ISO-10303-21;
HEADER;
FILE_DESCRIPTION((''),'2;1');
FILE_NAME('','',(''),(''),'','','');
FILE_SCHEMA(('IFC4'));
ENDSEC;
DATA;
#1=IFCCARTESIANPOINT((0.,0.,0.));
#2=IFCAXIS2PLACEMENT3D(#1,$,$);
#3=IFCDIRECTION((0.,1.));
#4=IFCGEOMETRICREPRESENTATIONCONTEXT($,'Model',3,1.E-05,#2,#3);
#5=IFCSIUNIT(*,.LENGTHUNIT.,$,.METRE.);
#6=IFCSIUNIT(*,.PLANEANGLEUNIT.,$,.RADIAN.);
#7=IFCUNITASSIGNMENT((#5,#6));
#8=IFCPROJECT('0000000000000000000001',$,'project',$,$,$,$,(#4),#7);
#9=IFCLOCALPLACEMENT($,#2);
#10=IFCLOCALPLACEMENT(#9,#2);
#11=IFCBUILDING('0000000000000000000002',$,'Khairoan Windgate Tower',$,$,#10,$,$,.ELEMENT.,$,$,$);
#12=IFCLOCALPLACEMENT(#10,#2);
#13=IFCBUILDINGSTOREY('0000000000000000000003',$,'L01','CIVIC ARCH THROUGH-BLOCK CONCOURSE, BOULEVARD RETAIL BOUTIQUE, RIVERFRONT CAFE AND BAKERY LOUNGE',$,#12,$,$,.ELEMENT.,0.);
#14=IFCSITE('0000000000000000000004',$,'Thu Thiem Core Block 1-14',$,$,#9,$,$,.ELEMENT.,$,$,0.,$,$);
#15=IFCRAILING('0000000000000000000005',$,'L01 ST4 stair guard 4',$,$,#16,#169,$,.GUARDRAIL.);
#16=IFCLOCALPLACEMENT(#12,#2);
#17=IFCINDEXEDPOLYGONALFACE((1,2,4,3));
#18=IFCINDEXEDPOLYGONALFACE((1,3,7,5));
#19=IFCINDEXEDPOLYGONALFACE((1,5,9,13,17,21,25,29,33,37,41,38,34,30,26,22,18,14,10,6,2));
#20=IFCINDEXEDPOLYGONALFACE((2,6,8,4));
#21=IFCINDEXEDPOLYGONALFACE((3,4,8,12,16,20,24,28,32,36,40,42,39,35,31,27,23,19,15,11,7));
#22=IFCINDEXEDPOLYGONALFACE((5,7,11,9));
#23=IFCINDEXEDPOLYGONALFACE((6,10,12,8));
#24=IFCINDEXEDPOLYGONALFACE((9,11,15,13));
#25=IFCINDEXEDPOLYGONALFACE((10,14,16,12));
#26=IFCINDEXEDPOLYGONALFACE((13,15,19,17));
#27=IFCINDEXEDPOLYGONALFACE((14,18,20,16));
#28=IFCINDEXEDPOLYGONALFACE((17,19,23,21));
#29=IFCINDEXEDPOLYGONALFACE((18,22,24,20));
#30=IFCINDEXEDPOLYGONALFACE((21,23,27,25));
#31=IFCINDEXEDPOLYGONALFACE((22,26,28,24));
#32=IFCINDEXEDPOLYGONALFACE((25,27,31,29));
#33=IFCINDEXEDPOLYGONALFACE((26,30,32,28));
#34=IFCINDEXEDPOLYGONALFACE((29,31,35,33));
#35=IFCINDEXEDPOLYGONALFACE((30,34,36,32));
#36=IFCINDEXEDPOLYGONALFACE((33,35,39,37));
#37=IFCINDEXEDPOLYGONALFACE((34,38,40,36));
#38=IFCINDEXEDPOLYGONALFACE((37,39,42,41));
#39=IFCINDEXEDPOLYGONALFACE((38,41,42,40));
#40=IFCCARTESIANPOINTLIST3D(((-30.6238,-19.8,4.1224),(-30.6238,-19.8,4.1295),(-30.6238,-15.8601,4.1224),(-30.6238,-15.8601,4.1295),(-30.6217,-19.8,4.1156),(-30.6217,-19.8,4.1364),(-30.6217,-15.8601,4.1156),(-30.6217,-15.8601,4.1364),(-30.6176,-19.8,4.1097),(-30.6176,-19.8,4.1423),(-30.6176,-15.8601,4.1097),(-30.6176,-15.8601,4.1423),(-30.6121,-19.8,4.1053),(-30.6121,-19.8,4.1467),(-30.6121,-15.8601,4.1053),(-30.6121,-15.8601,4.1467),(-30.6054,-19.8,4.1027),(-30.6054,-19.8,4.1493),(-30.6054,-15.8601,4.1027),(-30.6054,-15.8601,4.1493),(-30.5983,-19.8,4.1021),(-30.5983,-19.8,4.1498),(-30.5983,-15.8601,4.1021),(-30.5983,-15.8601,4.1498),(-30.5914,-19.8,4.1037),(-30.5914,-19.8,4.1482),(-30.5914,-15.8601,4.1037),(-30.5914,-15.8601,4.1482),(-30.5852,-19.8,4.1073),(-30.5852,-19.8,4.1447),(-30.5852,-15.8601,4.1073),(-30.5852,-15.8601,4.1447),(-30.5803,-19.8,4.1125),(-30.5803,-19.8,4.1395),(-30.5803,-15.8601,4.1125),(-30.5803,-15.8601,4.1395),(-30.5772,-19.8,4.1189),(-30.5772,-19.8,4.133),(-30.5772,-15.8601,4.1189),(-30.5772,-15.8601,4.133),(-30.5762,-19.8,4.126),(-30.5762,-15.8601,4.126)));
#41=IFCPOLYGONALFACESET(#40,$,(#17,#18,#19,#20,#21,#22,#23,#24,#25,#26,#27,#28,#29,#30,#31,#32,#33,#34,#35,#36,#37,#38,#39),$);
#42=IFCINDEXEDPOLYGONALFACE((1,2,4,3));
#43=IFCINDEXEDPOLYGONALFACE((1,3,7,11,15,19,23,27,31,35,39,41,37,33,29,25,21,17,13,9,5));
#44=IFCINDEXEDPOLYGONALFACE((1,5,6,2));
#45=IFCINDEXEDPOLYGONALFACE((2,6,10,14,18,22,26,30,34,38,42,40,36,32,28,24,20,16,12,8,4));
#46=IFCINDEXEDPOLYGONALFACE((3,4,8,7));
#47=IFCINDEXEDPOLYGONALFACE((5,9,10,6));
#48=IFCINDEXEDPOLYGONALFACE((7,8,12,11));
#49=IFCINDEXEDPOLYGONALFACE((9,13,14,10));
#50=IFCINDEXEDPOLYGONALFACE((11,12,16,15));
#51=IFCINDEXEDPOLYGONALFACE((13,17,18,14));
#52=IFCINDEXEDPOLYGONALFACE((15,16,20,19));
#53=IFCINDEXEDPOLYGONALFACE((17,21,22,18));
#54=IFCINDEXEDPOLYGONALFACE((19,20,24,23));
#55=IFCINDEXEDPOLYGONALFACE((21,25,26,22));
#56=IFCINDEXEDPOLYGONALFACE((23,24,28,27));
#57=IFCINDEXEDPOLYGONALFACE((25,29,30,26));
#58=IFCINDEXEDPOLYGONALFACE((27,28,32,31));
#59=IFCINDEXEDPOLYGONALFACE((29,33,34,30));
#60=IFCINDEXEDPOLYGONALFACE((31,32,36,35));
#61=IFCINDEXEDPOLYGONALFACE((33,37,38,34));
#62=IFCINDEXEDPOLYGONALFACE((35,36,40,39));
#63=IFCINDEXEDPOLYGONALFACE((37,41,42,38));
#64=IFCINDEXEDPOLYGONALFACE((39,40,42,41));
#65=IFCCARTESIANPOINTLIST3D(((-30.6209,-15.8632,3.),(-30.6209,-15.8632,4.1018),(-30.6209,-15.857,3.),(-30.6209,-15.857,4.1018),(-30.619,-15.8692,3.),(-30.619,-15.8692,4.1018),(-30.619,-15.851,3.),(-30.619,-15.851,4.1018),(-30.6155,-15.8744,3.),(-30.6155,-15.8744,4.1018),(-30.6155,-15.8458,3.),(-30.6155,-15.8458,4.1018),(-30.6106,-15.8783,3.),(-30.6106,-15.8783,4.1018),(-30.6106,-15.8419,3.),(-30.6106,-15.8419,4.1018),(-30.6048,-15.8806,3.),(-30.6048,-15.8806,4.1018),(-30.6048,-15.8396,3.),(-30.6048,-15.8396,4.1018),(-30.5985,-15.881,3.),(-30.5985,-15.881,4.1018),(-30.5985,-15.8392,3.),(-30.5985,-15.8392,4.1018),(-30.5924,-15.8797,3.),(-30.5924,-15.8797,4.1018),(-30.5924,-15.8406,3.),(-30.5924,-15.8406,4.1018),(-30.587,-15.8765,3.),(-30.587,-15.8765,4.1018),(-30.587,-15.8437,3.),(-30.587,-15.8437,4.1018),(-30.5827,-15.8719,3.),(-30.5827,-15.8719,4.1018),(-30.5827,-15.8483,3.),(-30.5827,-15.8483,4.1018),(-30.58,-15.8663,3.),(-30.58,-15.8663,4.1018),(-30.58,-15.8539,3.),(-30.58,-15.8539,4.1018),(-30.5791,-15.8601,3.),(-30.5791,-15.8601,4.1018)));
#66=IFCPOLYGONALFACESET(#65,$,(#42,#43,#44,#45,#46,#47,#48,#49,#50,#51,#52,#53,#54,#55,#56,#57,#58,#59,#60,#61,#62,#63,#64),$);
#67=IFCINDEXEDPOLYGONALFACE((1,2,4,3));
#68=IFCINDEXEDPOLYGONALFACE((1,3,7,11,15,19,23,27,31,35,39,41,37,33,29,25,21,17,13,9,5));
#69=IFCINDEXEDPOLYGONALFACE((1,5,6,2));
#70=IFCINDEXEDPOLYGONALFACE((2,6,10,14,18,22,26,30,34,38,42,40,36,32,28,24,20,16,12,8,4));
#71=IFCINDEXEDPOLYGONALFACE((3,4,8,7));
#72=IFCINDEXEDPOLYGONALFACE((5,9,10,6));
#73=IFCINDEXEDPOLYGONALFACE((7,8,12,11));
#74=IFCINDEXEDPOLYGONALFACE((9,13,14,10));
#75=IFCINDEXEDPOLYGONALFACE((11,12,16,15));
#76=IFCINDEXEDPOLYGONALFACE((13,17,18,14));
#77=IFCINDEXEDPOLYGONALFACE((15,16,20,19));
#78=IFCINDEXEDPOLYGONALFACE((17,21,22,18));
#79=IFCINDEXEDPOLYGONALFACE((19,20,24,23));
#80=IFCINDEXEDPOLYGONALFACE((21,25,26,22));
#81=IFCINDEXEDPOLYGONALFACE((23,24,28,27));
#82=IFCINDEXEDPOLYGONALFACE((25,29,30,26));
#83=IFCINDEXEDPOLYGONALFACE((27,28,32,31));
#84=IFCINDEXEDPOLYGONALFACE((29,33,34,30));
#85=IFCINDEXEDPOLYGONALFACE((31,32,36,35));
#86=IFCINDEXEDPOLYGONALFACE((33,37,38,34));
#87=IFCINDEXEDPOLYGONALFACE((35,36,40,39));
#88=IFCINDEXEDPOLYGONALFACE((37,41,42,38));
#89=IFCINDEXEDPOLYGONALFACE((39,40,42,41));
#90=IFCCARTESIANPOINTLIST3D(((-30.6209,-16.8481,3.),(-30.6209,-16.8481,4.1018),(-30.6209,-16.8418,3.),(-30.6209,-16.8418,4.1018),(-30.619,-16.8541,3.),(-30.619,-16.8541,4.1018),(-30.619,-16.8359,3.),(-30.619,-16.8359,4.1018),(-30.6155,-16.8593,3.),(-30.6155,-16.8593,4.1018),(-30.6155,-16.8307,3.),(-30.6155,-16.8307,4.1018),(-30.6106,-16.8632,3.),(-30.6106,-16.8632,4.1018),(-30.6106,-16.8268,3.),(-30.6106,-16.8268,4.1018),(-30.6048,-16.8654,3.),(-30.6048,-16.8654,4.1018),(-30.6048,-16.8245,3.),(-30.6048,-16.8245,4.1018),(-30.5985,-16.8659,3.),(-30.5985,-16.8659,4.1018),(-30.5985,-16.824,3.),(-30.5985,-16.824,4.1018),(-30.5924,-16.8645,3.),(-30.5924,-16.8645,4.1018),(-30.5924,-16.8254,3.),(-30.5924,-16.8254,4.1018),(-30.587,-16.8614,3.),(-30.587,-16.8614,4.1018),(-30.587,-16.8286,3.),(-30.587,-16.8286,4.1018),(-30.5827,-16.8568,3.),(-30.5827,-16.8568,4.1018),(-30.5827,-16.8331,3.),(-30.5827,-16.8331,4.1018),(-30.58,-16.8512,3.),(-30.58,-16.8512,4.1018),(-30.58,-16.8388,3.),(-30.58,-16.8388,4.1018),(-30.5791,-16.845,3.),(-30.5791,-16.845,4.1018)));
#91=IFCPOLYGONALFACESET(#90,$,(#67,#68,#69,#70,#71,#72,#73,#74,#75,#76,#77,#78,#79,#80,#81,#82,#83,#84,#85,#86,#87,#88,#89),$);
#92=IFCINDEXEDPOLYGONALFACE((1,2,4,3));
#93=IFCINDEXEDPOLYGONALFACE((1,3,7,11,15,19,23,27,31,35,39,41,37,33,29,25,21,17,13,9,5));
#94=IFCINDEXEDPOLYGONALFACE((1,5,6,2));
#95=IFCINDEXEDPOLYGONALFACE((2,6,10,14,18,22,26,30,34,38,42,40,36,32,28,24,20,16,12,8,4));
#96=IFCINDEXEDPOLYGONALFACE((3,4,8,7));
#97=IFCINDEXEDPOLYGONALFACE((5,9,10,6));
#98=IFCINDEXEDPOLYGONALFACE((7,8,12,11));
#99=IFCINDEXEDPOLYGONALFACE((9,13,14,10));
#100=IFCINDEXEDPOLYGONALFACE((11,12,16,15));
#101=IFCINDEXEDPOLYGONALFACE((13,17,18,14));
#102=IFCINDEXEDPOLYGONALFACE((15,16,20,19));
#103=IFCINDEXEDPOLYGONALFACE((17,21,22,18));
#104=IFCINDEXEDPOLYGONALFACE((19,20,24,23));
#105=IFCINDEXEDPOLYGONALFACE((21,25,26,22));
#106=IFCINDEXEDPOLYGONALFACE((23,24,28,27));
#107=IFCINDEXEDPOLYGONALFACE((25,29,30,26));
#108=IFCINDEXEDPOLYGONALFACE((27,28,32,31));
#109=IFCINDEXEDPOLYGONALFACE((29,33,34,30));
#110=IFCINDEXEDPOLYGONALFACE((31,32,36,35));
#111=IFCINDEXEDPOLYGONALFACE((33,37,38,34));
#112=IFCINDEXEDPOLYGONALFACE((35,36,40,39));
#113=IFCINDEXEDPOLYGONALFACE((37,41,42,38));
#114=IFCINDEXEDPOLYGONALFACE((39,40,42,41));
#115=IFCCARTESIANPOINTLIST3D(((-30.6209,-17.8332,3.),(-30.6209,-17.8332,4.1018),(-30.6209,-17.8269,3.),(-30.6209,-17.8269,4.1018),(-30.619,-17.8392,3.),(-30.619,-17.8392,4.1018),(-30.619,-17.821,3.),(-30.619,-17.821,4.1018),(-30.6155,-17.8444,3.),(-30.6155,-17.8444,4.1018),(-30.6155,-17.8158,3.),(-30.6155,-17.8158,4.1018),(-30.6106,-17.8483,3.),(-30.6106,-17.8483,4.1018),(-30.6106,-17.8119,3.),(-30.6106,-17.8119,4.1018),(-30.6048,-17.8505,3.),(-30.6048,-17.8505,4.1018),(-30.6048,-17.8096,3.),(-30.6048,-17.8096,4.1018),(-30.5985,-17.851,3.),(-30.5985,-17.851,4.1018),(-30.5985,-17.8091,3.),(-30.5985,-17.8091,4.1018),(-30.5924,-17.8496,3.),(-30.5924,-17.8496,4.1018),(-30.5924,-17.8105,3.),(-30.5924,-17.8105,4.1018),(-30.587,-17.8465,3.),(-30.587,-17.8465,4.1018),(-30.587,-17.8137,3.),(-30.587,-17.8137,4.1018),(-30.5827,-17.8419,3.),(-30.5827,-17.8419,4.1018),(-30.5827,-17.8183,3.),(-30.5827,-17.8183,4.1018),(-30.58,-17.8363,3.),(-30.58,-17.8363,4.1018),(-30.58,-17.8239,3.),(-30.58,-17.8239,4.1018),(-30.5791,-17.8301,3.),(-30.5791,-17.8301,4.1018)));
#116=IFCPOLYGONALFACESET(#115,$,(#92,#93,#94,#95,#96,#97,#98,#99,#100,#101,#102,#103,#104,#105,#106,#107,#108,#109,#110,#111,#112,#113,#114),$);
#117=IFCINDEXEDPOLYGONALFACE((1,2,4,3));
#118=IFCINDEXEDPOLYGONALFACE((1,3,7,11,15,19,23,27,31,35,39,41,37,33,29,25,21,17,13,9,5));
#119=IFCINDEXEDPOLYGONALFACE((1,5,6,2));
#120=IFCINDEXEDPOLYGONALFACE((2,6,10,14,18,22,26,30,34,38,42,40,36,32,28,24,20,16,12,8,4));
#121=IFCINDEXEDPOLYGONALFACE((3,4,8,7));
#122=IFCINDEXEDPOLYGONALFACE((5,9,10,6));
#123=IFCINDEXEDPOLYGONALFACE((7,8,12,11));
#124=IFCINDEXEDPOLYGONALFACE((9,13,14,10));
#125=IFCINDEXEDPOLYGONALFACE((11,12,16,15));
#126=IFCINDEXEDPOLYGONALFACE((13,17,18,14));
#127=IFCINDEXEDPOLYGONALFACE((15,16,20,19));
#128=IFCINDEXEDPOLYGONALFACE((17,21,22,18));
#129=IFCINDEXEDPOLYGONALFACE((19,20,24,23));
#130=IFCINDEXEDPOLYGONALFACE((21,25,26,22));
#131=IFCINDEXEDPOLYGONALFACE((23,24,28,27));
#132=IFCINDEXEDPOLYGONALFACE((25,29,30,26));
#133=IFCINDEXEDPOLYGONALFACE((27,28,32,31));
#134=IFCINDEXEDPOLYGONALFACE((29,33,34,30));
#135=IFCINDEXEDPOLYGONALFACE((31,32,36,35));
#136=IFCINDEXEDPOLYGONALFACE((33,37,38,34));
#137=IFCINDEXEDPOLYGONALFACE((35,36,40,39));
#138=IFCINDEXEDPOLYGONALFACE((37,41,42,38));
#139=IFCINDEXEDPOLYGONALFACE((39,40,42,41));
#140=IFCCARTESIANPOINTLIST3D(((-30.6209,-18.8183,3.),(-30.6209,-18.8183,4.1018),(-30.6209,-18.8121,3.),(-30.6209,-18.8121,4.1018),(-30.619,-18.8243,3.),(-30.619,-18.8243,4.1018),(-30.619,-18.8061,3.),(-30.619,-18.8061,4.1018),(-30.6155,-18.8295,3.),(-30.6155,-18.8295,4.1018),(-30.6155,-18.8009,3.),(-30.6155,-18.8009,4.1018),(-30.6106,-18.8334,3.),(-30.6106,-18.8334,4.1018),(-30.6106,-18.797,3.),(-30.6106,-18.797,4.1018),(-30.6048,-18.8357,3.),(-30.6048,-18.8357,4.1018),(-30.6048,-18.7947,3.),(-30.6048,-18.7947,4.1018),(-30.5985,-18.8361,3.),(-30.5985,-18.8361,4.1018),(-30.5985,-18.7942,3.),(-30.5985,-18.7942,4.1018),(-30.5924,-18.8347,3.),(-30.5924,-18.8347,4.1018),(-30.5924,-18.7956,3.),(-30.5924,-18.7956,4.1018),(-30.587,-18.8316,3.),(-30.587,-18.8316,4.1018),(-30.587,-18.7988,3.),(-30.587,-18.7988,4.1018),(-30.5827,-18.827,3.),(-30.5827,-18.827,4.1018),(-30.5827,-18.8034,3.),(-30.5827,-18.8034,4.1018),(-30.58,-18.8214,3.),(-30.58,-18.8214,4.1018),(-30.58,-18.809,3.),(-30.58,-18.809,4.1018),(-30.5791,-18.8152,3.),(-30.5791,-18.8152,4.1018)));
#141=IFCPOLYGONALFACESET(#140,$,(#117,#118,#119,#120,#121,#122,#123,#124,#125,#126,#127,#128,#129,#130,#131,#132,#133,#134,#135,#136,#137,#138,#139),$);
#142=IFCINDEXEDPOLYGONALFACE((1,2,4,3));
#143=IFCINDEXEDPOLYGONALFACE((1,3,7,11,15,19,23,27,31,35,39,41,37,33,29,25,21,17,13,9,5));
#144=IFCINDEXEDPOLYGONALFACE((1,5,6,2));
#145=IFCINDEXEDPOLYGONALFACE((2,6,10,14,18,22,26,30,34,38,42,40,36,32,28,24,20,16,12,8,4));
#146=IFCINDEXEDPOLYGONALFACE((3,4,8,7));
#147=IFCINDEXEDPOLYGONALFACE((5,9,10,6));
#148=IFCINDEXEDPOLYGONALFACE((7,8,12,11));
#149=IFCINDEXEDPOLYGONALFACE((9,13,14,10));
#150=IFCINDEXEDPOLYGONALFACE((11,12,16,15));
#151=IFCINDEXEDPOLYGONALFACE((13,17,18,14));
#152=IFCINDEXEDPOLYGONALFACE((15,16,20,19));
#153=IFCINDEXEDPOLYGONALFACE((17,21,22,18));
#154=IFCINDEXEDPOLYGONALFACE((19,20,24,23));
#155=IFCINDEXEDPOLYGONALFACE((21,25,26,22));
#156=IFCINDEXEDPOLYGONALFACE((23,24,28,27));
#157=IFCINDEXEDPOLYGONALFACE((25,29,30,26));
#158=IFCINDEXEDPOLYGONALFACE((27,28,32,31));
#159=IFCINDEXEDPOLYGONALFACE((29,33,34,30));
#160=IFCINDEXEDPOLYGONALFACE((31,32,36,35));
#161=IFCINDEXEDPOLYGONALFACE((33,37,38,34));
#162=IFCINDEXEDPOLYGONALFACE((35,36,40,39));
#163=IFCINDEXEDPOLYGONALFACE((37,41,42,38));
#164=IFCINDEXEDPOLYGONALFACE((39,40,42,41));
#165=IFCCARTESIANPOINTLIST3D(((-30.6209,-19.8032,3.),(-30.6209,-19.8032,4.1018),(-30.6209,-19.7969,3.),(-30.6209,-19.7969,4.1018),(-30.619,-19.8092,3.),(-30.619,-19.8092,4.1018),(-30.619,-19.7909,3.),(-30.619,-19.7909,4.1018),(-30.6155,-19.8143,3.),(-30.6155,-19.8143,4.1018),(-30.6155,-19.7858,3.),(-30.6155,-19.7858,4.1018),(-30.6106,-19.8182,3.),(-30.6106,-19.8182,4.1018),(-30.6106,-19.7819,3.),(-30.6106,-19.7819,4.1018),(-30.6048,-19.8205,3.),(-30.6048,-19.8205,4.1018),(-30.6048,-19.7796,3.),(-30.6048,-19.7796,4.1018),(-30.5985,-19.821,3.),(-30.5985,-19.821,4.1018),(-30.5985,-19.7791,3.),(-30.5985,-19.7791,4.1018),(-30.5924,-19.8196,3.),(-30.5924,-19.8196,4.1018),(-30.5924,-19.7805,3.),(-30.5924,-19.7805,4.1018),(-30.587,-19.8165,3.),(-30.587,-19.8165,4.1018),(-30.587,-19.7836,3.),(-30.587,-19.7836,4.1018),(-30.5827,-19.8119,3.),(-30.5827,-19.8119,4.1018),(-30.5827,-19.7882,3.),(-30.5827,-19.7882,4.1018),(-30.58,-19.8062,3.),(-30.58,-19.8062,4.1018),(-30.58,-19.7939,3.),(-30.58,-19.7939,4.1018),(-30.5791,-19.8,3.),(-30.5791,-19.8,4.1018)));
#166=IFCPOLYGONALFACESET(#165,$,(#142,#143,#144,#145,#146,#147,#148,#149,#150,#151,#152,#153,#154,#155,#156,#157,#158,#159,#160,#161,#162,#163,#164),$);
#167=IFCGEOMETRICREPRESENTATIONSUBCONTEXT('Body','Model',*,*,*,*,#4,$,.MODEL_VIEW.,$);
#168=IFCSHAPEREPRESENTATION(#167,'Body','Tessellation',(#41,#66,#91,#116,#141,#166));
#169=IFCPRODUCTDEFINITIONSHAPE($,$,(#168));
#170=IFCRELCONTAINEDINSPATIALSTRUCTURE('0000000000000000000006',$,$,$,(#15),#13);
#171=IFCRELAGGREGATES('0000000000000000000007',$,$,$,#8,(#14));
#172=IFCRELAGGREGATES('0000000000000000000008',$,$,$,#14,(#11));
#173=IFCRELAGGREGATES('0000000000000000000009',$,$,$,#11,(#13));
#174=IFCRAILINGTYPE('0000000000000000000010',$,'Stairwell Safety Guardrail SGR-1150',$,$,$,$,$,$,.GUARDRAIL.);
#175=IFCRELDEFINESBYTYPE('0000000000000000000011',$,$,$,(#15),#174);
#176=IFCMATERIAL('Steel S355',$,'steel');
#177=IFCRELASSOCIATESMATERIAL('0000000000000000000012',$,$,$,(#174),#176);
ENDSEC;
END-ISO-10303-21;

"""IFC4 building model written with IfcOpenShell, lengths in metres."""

from ifc_helpers import new_model, si_unit, direction, frame, origin, origin_2d, place, context, subcontext, project, spatial, circle, extrude, material, type_object, element, save


model = new_model("IFC4")

# Units and contexts
model_context = context("Model", 3, precision=1e-05, world=origin(), true_north=direction((0.0, 1.0)))
body_context = subcontext(model_context, "Body", "Model", "MODEL_VIEW")
ifc_project = project(units=[si_unit("LENGTHUNIT", "METRE"), si_unit("PLANEANGLEUNIT", "RADIAN")], contexts=[model_context])

# Site, building, storey
site_placement = place(None, origin())
site = spatial("IfcSite", under=ifc_project, at=site_placement, Name="Thu Thiem Core Block 1-14", CompositionType="ELEMENT", RefElevation=0.0)
building_placement = place(site_placement, origin())
building = spatial("IfcBuilding", under=site, at=building_placement, Name="Khairoan Windgate Tower", CompositionType="ELEMENT")
storey_placement = place(building_placement, origin())
storey = spatial("IfcBuildingStorey", under=building, at=storey_placement, Name="L01", Description="CIVIC ARCH THROUGH-BLOCK CONCOURSE, BOULEVARD RETAIL BOUTIQUE, RIVERFRONT CAFE AND BAKERY LOUNGE", CompositionType="ELEMENT", Elevation=0.0)

# Railing
ifc_material_1 = material(Name="Steel S355", Category="steel")
railing_type_1 = type_object("IfcRailingType", Name="Stairwell Safety Guardrail SGR-1150", PredefinedType="GUARDRAIL", material=ifc_material_1)
railing_1_placement = place(storey_placement, frame((-30.6001, -15.8601, 3.0)))
element("IfcRailing", 1, at=railing_1_placement, inside=storey, type_object=railing_type_1, Name="L01 ST4 stair guard 4", PredefinedType="GUARDRAIL", context=body_context, shape_type="SweptSolid", body=[
    extrude(circle(Radius=0.0239, at=origin_2d()), frame((0.0, 0.0, 1.126), z_axis=(0.0, -1.0, 0.0), x_axis=(1.0, 0.0, 0.0)), (0.0, 0.0, 1.0), 3.9399),
    extrude(circle(Radius=0.021, at=origin_2d()), origin(), (0.0, 0.0, 1.0), 1.1018),
    extrude(circle(Radius=0.021, at=origin_2d()), frame((0.0, -0.9849, 0.0)), (0.0, 0.0, 1.0), 1.1018),
    extrude(circle(Radius=0.021, at=origin_2d()), frame((0.0, -1.97, 0.0)), (0.0, 0.0, 1.0), 1.1018),
    extrude(circle(Radius=0.021, at=origin_2d()), frame((0.0, -2.9551, 0.0)), (0.0, 0.0, 1.0), 1.1018),
    extrude(circle(Radius=0.021, at=origin_2d()), frame((0.0, -3.9399, 0.0)), (0.0, 0.0, 1.0), 1.1018),
])

save(model, "model.ifc")
